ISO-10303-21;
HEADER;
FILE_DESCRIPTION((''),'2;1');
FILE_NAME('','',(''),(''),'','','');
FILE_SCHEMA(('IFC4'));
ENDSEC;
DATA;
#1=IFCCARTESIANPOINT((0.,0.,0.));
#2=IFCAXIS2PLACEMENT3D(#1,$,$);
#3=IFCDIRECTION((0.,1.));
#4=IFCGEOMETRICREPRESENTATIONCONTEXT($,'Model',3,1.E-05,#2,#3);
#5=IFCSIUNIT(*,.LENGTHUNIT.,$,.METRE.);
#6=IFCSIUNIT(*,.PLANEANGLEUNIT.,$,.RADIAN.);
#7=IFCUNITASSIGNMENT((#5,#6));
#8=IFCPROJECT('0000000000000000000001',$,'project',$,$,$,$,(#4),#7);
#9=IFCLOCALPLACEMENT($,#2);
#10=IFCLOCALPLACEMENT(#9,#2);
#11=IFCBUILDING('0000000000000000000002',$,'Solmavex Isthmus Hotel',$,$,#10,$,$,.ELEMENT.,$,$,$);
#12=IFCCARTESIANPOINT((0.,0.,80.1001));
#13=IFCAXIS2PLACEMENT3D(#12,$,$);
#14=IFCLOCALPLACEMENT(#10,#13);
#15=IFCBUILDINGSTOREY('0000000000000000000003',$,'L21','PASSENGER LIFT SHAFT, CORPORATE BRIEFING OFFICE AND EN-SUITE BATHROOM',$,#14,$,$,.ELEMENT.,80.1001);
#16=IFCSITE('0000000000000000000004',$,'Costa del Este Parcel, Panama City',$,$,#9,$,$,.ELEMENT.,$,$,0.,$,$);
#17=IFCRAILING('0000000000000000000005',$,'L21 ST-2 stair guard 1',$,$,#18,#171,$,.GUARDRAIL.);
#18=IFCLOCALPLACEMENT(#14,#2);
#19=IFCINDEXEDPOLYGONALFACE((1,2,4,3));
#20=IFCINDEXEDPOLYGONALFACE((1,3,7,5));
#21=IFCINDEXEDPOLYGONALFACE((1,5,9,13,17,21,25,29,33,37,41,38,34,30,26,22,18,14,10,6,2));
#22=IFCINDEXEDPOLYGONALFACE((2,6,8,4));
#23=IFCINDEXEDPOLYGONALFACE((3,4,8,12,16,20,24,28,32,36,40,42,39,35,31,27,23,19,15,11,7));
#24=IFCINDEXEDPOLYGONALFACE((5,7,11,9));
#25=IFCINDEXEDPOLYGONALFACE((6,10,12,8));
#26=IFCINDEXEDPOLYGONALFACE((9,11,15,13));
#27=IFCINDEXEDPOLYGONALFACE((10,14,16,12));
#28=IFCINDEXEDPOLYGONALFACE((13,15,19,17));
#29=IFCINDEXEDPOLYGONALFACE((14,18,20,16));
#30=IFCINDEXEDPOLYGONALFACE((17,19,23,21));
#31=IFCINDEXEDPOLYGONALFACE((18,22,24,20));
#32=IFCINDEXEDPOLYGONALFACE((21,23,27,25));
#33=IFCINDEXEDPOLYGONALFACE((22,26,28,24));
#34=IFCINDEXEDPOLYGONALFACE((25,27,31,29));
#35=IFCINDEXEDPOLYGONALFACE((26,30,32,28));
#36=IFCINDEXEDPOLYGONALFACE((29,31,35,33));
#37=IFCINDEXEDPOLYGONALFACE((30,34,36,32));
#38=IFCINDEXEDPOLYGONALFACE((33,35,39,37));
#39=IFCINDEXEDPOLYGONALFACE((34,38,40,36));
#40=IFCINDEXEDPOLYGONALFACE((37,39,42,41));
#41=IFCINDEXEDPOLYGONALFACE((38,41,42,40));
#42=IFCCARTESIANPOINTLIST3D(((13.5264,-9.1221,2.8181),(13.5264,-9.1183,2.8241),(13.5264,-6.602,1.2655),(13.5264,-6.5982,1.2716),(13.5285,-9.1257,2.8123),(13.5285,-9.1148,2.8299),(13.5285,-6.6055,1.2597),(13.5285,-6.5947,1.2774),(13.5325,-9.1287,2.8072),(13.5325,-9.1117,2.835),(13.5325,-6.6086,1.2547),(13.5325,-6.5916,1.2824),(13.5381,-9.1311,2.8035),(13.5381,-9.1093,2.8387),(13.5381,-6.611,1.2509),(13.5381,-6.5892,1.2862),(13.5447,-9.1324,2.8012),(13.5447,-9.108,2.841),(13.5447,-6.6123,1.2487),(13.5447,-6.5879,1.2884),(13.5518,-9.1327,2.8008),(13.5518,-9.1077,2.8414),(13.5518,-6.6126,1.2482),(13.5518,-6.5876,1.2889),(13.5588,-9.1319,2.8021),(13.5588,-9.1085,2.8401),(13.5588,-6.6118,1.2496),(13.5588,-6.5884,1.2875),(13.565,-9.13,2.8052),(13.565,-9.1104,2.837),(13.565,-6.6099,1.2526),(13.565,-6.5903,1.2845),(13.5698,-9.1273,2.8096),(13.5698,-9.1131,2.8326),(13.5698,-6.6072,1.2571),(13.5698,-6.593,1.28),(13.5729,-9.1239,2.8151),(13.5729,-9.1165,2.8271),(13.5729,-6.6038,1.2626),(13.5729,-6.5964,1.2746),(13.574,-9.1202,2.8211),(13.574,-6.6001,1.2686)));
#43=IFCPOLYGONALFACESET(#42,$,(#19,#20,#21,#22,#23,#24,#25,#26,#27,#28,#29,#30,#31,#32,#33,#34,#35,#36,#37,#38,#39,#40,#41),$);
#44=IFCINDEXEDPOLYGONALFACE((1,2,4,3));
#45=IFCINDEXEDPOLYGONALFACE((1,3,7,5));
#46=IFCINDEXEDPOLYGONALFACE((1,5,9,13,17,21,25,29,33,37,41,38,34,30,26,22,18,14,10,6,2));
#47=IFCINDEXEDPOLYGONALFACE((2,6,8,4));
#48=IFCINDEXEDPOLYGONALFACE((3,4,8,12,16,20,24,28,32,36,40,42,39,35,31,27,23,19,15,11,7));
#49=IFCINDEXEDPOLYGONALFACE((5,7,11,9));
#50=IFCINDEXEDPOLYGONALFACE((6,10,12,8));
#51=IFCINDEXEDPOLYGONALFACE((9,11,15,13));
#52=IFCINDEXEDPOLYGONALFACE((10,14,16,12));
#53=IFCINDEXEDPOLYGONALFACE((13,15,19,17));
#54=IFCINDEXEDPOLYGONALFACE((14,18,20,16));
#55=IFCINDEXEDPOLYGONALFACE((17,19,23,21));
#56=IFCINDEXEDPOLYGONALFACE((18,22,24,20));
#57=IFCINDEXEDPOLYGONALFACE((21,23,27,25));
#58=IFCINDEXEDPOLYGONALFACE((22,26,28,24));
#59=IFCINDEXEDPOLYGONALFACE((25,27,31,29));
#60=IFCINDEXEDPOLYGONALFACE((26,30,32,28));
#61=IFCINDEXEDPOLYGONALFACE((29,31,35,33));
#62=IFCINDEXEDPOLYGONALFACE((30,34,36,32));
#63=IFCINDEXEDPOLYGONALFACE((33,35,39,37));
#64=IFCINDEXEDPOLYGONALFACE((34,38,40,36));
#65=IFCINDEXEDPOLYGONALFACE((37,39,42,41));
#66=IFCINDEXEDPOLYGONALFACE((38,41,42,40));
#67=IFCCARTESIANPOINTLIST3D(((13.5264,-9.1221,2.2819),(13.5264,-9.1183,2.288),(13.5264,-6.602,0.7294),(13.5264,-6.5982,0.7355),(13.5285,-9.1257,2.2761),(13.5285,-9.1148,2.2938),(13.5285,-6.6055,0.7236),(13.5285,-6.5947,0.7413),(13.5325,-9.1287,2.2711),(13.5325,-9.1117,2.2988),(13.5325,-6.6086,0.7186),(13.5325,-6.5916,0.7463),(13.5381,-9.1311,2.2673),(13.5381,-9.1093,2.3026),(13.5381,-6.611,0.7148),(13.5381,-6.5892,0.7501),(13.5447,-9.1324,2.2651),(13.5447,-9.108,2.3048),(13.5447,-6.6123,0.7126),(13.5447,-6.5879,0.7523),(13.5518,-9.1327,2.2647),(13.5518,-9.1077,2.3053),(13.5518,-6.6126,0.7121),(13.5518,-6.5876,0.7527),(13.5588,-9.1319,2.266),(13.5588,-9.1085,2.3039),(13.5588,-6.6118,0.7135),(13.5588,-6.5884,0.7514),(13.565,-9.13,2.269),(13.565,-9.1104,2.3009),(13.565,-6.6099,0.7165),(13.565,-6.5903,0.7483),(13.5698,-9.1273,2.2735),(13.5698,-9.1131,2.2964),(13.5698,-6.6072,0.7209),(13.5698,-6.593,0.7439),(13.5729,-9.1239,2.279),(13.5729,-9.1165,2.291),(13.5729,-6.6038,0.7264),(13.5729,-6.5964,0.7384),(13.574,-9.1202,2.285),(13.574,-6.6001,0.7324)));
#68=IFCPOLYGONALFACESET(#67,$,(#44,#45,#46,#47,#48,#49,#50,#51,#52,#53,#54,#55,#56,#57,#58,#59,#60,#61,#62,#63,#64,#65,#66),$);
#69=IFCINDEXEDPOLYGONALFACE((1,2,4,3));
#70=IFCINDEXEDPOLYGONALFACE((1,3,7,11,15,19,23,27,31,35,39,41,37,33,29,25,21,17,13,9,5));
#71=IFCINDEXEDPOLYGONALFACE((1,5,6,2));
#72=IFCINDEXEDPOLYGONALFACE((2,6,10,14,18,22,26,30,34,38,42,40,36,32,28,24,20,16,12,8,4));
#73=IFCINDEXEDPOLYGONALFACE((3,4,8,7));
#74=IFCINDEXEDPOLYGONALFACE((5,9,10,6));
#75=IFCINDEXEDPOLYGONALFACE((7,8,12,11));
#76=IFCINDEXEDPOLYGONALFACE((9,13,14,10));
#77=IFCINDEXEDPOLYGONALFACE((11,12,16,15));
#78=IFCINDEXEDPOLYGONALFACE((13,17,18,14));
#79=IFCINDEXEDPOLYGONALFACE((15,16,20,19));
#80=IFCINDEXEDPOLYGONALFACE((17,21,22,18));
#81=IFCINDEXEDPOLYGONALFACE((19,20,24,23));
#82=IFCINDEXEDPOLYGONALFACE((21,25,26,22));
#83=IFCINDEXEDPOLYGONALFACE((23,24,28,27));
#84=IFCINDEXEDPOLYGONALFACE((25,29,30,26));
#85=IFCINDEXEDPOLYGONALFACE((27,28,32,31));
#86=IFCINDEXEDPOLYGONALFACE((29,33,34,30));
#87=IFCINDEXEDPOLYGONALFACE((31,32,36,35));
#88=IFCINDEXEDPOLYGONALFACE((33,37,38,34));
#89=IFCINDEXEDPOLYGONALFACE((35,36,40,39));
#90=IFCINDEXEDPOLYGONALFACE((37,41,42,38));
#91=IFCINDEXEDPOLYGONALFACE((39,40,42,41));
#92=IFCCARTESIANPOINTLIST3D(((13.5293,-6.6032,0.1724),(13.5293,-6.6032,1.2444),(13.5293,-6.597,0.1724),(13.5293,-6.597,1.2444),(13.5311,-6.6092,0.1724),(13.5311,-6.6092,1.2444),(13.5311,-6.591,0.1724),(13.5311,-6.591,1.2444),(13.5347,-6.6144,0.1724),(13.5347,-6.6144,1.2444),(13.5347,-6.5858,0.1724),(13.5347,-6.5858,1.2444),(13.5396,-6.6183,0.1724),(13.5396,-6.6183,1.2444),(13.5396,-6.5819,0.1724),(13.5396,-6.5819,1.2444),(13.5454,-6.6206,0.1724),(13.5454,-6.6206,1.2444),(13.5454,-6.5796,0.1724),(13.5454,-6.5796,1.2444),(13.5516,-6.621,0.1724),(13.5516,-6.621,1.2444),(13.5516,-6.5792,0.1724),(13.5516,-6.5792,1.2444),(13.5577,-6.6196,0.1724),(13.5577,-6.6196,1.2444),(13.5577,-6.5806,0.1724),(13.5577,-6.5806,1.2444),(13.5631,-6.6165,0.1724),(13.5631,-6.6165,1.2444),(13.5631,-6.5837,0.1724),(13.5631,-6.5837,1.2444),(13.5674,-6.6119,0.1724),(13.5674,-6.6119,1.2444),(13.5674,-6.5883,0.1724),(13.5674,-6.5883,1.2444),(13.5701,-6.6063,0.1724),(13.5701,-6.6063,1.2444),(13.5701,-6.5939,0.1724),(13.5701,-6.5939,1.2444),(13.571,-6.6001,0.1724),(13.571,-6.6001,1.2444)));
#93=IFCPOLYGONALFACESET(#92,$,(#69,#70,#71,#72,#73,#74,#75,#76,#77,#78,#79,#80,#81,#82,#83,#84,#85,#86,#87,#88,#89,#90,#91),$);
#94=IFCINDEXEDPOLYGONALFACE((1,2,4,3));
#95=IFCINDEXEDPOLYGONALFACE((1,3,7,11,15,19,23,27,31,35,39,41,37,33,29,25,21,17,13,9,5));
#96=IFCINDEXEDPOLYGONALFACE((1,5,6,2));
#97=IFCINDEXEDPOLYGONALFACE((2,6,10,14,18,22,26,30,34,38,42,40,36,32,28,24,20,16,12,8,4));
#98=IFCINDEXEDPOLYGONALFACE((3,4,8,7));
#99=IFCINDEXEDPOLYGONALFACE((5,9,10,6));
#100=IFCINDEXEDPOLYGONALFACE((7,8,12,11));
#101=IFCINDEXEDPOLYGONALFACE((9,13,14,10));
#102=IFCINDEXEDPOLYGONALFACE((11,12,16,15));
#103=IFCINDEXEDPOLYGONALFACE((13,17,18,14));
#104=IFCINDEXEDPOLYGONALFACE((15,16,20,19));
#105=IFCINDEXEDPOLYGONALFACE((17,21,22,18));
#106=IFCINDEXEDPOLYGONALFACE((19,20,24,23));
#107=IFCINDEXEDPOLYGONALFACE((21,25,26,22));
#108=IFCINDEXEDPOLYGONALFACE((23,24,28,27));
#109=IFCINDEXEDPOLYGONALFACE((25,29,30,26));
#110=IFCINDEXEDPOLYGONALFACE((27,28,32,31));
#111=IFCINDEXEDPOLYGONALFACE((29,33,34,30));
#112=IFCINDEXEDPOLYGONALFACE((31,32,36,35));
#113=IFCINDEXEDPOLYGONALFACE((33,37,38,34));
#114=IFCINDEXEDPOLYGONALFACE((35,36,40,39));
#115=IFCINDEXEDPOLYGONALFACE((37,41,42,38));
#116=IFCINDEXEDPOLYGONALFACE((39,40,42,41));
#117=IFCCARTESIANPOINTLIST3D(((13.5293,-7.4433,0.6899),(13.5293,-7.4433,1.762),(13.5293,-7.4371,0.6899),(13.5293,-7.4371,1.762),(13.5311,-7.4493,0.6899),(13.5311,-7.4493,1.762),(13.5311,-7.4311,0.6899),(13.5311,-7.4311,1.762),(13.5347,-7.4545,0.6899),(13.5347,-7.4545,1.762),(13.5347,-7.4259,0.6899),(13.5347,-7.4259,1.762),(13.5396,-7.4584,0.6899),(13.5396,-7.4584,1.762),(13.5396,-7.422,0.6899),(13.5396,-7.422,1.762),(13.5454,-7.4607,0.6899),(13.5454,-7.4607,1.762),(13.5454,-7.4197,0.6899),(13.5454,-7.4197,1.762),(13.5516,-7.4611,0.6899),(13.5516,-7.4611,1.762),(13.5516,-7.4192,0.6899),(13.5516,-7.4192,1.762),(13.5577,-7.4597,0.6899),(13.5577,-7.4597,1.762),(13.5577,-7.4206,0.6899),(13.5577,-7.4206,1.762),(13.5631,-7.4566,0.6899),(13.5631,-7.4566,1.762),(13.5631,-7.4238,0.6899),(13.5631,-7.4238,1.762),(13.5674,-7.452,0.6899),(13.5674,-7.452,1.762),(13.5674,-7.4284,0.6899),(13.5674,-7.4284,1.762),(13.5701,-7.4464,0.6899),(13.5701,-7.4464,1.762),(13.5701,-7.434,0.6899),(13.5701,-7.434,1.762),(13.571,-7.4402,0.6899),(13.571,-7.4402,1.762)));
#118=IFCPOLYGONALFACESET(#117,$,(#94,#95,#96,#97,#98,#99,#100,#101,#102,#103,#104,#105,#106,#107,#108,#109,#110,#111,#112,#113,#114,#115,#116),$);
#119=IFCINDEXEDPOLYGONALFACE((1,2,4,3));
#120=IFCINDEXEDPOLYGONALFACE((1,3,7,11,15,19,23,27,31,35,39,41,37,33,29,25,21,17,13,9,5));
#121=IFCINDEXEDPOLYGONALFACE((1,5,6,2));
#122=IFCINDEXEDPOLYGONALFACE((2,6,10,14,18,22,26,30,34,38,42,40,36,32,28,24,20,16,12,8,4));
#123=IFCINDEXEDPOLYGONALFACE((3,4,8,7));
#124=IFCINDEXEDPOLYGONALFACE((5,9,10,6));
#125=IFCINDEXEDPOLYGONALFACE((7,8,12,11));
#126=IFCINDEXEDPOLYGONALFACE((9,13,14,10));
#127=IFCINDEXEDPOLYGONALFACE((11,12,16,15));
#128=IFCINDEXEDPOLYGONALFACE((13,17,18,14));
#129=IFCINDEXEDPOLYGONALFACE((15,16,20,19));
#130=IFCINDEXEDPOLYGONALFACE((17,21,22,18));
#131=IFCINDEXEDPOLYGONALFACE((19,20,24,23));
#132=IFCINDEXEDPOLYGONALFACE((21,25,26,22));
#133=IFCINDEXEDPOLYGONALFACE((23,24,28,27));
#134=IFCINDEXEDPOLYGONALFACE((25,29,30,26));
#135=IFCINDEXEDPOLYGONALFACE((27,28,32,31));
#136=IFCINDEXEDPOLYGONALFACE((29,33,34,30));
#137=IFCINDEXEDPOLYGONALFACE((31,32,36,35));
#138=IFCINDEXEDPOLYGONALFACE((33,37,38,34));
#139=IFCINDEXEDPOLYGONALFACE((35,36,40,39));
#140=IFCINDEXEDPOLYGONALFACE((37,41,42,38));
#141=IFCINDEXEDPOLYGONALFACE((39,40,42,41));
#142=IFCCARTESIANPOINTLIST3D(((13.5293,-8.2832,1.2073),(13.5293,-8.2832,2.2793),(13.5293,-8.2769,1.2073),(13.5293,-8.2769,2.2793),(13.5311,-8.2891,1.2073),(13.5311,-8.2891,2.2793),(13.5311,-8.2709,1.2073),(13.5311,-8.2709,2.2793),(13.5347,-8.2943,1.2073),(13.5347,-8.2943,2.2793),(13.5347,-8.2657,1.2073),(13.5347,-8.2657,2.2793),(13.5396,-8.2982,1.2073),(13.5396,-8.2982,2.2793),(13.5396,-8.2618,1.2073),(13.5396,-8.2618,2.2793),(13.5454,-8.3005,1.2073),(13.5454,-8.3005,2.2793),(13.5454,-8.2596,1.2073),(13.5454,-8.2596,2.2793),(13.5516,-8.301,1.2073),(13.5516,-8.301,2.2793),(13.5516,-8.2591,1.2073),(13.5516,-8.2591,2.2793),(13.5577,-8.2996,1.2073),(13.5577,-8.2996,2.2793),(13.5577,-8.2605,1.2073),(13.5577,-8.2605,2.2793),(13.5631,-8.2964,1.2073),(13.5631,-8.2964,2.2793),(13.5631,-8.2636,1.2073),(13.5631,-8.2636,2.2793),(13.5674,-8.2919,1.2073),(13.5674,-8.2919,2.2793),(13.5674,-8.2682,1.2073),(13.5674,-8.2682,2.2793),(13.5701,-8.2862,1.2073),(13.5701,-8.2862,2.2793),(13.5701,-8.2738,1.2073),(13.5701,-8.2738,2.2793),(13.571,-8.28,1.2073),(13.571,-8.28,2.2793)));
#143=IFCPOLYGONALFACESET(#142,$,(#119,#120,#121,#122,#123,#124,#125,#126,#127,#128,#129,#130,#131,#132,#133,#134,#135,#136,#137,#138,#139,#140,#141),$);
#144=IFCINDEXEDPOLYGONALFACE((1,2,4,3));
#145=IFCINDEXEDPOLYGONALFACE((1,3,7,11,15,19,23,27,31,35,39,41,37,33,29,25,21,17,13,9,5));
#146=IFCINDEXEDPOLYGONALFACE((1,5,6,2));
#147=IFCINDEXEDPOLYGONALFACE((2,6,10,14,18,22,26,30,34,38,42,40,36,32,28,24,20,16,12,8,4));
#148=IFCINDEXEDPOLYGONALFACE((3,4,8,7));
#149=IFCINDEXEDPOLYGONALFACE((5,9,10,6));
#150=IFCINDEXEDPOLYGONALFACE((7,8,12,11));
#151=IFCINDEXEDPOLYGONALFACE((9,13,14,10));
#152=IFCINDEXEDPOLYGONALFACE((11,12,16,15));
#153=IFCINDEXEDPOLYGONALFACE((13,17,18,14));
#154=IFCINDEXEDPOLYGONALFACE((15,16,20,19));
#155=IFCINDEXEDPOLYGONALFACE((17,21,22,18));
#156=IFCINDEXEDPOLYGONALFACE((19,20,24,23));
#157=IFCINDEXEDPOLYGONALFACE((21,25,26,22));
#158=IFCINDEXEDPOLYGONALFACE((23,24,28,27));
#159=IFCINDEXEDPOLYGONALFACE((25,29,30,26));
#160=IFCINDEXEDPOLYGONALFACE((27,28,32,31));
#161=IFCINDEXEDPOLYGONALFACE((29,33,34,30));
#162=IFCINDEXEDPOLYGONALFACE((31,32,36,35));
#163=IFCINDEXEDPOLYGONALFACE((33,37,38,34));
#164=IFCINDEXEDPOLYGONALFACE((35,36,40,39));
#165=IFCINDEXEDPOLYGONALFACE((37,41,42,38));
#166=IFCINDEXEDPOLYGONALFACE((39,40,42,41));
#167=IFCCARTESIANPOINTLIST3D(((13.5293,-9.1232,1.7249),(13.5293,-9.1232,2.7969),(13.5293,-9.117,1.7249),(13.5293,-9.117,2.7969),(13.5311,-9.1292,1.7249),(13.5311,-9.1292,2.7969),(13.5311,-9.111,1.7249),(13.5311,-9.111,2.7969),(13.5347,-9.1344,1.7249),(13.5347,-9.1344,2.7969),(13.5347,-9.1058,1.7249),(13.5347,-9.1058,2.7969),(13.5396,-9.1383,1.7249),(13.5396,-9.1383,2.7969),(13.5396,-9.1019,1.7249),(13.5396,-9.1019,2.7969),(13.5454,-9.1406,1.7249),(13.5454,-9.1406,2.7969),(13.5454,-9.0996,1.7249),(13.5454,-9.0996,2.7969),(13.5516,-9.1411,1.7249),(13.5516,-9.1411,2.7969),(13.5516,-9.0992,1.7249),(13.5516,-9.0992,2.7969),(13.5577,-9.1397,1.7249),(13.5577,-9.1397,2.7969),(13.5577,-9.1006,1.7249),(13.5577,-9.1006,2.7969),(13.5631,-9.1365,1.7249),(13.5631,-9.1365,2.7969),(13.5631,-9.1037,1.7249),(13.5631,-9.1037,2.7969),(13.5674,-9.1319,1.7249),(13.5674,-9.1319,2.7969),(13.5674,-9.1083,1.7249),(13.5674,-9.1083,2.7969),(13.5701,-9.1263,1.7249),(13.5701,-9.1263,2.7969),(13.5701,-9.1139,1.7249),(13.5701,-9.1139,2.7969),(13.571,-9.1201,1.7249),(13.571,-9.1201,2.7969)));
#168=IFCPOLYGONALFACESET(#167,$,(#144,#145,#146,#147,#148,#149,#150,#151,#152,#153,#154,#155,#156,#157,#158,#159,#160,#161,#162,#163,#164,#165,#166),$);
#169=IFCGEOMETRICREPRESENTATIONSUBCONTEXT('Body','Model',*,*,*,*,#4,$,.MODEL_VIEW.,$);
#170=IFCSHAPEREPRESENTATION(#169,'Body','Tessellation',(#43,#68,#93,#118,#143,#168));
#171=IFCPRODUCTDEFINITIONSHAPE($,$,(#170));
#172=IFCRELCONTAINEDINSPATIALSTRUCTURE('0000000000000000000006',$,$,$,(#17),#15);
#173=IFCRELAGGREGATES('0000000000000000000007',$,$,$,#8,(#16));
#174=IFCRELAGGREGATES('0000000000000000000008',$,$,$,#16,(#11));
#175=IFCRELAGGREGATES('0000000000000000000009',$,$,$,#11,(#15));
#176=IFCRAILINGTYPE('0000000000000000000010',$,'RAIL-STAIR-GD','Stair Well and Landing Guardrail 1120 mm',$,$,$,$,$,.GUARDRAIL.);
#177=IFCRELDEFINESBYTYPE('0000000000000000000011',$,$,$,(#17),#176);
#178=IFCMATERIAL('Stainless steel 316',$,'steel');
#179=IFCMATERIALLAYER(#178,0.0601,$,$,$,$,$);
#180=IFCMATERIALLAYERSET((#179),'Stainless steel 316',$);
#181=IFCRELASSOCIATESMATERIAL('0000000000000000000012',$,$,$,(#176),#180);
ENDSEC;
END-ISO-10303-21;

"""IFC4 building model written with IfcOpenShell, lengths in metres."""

from ifc_helpers import new_model, si_unit, direction, frame, origin, origin_2d, place, context, subcontext, project, spatial, circle, extrude, material, layer, layer_set, type_object, element, save


model = new_model("IFC4")

# Units and contexts
model_context = context("Model", 3, precision=1e-05, world=origin(), true_north=direction((0.0, 1.0)))
body_context = subcontext(model_context, "Body", "Model", "MODEL_VIEW")
ifc_project = project(units=[si_unit("LENGTHUNIT", "METRE"), si_unit("PLANEANGLEUNIT", "RADIAN")], contexts=[model_context])

# Site, building, storey
site_placement = place(None, origin())
site = spatial("IfcSite", under=ifc_project, at=site_placement, Name="Costa del Este Parcel, Panama City", CompositionType="ELEMENT", RefElevation=0.0)
building_placement = place(site_placement, origin())
building = spatial("IfcBuilding", under=site, at=building_placement, Name="Solmavex Isthmus Hotel", CompositionType="ELEMENT")
storey_placement = place(building_placement, frame((0.0, 0.0, 80.1001)))
storey = spatial("IfcBuildingStorey", under=building, at=storey_placement, Name="L21", Description="PASSENGER LIFT SHAFT, CORPORATE BRIEFING OFFICE AND EN-SUITE BATHROOM", CompositionType="ELEMENT", Elevation=80.1001)

# Railing
ifc_material_1 = material(Name="Stainless steel 316", Category="steel")
ifc_layer_1 = layer(ifc_material_1, 0.0601)
ifc_layer_set_1 = layer_set([ifc_layer_1], Name="Stainless steel 316")
railing_type_1 = type_object("IfcRailingType", Name="RAIL-STAIR-GD", Description="Stair Well and Landing Guardrail 1120 mm", PredefinedType="GUARDRAIL", material=ifc_layer_set_1)
railing_1_placement = place(storey_placement, frame((13.55, -6.6001, 0.1724)))
element("IfcRailing", 1, at=railing_1_placement, inside=storey, type_object=railing_type_1, Name="L21 ST-2 stair guard 1", PredefinedType="GUARDRAIL", context=body_context, shape_type="SweptSolid", body=[
    extrude(circle(Radius=0.0239, at=origin_2d()), frame((0.0, 0.0, 1.0962), z_axis=(0.0, -0.8514, 0.524516), x_axis=(1.0, 0.0, 0.0)), (0.0, 0.0, 1.0), 2.96),
    extrude(circle(Radius=0.0239, at=origin_2d()), frame((0.0, 0.0, 0.5601), z_axis=(0.0, -0.8514, 0.524516), x_axis=(1.0, 0.0, 0.0)), (0.0, 0.0, 1.0), 2.96),
    extrude(circle(Radius=0.021, at=origin_2d()), origin(), (0.0, 0.0, 1.0), 1.072),
    extrude(circle(Radius=0.021, at=origin_2d()), frame((0.0, -0.8401, 0.5176)), (0.0, 0.0, 1.0), 1.072),
    extrude(circle(Radius=0.021, at=origin_2d()), frame((0.0, -1.6799, 1.0349)), (0.0, 0.0, 1.0), 1.072),
    extrude(circle(Radius=0.021, at=origin_2d()), frame((0.0, -2.52, 1.5525)), (0.0, 0.0, 1.0), 1.072),
])

save(model, "model.ifc")
